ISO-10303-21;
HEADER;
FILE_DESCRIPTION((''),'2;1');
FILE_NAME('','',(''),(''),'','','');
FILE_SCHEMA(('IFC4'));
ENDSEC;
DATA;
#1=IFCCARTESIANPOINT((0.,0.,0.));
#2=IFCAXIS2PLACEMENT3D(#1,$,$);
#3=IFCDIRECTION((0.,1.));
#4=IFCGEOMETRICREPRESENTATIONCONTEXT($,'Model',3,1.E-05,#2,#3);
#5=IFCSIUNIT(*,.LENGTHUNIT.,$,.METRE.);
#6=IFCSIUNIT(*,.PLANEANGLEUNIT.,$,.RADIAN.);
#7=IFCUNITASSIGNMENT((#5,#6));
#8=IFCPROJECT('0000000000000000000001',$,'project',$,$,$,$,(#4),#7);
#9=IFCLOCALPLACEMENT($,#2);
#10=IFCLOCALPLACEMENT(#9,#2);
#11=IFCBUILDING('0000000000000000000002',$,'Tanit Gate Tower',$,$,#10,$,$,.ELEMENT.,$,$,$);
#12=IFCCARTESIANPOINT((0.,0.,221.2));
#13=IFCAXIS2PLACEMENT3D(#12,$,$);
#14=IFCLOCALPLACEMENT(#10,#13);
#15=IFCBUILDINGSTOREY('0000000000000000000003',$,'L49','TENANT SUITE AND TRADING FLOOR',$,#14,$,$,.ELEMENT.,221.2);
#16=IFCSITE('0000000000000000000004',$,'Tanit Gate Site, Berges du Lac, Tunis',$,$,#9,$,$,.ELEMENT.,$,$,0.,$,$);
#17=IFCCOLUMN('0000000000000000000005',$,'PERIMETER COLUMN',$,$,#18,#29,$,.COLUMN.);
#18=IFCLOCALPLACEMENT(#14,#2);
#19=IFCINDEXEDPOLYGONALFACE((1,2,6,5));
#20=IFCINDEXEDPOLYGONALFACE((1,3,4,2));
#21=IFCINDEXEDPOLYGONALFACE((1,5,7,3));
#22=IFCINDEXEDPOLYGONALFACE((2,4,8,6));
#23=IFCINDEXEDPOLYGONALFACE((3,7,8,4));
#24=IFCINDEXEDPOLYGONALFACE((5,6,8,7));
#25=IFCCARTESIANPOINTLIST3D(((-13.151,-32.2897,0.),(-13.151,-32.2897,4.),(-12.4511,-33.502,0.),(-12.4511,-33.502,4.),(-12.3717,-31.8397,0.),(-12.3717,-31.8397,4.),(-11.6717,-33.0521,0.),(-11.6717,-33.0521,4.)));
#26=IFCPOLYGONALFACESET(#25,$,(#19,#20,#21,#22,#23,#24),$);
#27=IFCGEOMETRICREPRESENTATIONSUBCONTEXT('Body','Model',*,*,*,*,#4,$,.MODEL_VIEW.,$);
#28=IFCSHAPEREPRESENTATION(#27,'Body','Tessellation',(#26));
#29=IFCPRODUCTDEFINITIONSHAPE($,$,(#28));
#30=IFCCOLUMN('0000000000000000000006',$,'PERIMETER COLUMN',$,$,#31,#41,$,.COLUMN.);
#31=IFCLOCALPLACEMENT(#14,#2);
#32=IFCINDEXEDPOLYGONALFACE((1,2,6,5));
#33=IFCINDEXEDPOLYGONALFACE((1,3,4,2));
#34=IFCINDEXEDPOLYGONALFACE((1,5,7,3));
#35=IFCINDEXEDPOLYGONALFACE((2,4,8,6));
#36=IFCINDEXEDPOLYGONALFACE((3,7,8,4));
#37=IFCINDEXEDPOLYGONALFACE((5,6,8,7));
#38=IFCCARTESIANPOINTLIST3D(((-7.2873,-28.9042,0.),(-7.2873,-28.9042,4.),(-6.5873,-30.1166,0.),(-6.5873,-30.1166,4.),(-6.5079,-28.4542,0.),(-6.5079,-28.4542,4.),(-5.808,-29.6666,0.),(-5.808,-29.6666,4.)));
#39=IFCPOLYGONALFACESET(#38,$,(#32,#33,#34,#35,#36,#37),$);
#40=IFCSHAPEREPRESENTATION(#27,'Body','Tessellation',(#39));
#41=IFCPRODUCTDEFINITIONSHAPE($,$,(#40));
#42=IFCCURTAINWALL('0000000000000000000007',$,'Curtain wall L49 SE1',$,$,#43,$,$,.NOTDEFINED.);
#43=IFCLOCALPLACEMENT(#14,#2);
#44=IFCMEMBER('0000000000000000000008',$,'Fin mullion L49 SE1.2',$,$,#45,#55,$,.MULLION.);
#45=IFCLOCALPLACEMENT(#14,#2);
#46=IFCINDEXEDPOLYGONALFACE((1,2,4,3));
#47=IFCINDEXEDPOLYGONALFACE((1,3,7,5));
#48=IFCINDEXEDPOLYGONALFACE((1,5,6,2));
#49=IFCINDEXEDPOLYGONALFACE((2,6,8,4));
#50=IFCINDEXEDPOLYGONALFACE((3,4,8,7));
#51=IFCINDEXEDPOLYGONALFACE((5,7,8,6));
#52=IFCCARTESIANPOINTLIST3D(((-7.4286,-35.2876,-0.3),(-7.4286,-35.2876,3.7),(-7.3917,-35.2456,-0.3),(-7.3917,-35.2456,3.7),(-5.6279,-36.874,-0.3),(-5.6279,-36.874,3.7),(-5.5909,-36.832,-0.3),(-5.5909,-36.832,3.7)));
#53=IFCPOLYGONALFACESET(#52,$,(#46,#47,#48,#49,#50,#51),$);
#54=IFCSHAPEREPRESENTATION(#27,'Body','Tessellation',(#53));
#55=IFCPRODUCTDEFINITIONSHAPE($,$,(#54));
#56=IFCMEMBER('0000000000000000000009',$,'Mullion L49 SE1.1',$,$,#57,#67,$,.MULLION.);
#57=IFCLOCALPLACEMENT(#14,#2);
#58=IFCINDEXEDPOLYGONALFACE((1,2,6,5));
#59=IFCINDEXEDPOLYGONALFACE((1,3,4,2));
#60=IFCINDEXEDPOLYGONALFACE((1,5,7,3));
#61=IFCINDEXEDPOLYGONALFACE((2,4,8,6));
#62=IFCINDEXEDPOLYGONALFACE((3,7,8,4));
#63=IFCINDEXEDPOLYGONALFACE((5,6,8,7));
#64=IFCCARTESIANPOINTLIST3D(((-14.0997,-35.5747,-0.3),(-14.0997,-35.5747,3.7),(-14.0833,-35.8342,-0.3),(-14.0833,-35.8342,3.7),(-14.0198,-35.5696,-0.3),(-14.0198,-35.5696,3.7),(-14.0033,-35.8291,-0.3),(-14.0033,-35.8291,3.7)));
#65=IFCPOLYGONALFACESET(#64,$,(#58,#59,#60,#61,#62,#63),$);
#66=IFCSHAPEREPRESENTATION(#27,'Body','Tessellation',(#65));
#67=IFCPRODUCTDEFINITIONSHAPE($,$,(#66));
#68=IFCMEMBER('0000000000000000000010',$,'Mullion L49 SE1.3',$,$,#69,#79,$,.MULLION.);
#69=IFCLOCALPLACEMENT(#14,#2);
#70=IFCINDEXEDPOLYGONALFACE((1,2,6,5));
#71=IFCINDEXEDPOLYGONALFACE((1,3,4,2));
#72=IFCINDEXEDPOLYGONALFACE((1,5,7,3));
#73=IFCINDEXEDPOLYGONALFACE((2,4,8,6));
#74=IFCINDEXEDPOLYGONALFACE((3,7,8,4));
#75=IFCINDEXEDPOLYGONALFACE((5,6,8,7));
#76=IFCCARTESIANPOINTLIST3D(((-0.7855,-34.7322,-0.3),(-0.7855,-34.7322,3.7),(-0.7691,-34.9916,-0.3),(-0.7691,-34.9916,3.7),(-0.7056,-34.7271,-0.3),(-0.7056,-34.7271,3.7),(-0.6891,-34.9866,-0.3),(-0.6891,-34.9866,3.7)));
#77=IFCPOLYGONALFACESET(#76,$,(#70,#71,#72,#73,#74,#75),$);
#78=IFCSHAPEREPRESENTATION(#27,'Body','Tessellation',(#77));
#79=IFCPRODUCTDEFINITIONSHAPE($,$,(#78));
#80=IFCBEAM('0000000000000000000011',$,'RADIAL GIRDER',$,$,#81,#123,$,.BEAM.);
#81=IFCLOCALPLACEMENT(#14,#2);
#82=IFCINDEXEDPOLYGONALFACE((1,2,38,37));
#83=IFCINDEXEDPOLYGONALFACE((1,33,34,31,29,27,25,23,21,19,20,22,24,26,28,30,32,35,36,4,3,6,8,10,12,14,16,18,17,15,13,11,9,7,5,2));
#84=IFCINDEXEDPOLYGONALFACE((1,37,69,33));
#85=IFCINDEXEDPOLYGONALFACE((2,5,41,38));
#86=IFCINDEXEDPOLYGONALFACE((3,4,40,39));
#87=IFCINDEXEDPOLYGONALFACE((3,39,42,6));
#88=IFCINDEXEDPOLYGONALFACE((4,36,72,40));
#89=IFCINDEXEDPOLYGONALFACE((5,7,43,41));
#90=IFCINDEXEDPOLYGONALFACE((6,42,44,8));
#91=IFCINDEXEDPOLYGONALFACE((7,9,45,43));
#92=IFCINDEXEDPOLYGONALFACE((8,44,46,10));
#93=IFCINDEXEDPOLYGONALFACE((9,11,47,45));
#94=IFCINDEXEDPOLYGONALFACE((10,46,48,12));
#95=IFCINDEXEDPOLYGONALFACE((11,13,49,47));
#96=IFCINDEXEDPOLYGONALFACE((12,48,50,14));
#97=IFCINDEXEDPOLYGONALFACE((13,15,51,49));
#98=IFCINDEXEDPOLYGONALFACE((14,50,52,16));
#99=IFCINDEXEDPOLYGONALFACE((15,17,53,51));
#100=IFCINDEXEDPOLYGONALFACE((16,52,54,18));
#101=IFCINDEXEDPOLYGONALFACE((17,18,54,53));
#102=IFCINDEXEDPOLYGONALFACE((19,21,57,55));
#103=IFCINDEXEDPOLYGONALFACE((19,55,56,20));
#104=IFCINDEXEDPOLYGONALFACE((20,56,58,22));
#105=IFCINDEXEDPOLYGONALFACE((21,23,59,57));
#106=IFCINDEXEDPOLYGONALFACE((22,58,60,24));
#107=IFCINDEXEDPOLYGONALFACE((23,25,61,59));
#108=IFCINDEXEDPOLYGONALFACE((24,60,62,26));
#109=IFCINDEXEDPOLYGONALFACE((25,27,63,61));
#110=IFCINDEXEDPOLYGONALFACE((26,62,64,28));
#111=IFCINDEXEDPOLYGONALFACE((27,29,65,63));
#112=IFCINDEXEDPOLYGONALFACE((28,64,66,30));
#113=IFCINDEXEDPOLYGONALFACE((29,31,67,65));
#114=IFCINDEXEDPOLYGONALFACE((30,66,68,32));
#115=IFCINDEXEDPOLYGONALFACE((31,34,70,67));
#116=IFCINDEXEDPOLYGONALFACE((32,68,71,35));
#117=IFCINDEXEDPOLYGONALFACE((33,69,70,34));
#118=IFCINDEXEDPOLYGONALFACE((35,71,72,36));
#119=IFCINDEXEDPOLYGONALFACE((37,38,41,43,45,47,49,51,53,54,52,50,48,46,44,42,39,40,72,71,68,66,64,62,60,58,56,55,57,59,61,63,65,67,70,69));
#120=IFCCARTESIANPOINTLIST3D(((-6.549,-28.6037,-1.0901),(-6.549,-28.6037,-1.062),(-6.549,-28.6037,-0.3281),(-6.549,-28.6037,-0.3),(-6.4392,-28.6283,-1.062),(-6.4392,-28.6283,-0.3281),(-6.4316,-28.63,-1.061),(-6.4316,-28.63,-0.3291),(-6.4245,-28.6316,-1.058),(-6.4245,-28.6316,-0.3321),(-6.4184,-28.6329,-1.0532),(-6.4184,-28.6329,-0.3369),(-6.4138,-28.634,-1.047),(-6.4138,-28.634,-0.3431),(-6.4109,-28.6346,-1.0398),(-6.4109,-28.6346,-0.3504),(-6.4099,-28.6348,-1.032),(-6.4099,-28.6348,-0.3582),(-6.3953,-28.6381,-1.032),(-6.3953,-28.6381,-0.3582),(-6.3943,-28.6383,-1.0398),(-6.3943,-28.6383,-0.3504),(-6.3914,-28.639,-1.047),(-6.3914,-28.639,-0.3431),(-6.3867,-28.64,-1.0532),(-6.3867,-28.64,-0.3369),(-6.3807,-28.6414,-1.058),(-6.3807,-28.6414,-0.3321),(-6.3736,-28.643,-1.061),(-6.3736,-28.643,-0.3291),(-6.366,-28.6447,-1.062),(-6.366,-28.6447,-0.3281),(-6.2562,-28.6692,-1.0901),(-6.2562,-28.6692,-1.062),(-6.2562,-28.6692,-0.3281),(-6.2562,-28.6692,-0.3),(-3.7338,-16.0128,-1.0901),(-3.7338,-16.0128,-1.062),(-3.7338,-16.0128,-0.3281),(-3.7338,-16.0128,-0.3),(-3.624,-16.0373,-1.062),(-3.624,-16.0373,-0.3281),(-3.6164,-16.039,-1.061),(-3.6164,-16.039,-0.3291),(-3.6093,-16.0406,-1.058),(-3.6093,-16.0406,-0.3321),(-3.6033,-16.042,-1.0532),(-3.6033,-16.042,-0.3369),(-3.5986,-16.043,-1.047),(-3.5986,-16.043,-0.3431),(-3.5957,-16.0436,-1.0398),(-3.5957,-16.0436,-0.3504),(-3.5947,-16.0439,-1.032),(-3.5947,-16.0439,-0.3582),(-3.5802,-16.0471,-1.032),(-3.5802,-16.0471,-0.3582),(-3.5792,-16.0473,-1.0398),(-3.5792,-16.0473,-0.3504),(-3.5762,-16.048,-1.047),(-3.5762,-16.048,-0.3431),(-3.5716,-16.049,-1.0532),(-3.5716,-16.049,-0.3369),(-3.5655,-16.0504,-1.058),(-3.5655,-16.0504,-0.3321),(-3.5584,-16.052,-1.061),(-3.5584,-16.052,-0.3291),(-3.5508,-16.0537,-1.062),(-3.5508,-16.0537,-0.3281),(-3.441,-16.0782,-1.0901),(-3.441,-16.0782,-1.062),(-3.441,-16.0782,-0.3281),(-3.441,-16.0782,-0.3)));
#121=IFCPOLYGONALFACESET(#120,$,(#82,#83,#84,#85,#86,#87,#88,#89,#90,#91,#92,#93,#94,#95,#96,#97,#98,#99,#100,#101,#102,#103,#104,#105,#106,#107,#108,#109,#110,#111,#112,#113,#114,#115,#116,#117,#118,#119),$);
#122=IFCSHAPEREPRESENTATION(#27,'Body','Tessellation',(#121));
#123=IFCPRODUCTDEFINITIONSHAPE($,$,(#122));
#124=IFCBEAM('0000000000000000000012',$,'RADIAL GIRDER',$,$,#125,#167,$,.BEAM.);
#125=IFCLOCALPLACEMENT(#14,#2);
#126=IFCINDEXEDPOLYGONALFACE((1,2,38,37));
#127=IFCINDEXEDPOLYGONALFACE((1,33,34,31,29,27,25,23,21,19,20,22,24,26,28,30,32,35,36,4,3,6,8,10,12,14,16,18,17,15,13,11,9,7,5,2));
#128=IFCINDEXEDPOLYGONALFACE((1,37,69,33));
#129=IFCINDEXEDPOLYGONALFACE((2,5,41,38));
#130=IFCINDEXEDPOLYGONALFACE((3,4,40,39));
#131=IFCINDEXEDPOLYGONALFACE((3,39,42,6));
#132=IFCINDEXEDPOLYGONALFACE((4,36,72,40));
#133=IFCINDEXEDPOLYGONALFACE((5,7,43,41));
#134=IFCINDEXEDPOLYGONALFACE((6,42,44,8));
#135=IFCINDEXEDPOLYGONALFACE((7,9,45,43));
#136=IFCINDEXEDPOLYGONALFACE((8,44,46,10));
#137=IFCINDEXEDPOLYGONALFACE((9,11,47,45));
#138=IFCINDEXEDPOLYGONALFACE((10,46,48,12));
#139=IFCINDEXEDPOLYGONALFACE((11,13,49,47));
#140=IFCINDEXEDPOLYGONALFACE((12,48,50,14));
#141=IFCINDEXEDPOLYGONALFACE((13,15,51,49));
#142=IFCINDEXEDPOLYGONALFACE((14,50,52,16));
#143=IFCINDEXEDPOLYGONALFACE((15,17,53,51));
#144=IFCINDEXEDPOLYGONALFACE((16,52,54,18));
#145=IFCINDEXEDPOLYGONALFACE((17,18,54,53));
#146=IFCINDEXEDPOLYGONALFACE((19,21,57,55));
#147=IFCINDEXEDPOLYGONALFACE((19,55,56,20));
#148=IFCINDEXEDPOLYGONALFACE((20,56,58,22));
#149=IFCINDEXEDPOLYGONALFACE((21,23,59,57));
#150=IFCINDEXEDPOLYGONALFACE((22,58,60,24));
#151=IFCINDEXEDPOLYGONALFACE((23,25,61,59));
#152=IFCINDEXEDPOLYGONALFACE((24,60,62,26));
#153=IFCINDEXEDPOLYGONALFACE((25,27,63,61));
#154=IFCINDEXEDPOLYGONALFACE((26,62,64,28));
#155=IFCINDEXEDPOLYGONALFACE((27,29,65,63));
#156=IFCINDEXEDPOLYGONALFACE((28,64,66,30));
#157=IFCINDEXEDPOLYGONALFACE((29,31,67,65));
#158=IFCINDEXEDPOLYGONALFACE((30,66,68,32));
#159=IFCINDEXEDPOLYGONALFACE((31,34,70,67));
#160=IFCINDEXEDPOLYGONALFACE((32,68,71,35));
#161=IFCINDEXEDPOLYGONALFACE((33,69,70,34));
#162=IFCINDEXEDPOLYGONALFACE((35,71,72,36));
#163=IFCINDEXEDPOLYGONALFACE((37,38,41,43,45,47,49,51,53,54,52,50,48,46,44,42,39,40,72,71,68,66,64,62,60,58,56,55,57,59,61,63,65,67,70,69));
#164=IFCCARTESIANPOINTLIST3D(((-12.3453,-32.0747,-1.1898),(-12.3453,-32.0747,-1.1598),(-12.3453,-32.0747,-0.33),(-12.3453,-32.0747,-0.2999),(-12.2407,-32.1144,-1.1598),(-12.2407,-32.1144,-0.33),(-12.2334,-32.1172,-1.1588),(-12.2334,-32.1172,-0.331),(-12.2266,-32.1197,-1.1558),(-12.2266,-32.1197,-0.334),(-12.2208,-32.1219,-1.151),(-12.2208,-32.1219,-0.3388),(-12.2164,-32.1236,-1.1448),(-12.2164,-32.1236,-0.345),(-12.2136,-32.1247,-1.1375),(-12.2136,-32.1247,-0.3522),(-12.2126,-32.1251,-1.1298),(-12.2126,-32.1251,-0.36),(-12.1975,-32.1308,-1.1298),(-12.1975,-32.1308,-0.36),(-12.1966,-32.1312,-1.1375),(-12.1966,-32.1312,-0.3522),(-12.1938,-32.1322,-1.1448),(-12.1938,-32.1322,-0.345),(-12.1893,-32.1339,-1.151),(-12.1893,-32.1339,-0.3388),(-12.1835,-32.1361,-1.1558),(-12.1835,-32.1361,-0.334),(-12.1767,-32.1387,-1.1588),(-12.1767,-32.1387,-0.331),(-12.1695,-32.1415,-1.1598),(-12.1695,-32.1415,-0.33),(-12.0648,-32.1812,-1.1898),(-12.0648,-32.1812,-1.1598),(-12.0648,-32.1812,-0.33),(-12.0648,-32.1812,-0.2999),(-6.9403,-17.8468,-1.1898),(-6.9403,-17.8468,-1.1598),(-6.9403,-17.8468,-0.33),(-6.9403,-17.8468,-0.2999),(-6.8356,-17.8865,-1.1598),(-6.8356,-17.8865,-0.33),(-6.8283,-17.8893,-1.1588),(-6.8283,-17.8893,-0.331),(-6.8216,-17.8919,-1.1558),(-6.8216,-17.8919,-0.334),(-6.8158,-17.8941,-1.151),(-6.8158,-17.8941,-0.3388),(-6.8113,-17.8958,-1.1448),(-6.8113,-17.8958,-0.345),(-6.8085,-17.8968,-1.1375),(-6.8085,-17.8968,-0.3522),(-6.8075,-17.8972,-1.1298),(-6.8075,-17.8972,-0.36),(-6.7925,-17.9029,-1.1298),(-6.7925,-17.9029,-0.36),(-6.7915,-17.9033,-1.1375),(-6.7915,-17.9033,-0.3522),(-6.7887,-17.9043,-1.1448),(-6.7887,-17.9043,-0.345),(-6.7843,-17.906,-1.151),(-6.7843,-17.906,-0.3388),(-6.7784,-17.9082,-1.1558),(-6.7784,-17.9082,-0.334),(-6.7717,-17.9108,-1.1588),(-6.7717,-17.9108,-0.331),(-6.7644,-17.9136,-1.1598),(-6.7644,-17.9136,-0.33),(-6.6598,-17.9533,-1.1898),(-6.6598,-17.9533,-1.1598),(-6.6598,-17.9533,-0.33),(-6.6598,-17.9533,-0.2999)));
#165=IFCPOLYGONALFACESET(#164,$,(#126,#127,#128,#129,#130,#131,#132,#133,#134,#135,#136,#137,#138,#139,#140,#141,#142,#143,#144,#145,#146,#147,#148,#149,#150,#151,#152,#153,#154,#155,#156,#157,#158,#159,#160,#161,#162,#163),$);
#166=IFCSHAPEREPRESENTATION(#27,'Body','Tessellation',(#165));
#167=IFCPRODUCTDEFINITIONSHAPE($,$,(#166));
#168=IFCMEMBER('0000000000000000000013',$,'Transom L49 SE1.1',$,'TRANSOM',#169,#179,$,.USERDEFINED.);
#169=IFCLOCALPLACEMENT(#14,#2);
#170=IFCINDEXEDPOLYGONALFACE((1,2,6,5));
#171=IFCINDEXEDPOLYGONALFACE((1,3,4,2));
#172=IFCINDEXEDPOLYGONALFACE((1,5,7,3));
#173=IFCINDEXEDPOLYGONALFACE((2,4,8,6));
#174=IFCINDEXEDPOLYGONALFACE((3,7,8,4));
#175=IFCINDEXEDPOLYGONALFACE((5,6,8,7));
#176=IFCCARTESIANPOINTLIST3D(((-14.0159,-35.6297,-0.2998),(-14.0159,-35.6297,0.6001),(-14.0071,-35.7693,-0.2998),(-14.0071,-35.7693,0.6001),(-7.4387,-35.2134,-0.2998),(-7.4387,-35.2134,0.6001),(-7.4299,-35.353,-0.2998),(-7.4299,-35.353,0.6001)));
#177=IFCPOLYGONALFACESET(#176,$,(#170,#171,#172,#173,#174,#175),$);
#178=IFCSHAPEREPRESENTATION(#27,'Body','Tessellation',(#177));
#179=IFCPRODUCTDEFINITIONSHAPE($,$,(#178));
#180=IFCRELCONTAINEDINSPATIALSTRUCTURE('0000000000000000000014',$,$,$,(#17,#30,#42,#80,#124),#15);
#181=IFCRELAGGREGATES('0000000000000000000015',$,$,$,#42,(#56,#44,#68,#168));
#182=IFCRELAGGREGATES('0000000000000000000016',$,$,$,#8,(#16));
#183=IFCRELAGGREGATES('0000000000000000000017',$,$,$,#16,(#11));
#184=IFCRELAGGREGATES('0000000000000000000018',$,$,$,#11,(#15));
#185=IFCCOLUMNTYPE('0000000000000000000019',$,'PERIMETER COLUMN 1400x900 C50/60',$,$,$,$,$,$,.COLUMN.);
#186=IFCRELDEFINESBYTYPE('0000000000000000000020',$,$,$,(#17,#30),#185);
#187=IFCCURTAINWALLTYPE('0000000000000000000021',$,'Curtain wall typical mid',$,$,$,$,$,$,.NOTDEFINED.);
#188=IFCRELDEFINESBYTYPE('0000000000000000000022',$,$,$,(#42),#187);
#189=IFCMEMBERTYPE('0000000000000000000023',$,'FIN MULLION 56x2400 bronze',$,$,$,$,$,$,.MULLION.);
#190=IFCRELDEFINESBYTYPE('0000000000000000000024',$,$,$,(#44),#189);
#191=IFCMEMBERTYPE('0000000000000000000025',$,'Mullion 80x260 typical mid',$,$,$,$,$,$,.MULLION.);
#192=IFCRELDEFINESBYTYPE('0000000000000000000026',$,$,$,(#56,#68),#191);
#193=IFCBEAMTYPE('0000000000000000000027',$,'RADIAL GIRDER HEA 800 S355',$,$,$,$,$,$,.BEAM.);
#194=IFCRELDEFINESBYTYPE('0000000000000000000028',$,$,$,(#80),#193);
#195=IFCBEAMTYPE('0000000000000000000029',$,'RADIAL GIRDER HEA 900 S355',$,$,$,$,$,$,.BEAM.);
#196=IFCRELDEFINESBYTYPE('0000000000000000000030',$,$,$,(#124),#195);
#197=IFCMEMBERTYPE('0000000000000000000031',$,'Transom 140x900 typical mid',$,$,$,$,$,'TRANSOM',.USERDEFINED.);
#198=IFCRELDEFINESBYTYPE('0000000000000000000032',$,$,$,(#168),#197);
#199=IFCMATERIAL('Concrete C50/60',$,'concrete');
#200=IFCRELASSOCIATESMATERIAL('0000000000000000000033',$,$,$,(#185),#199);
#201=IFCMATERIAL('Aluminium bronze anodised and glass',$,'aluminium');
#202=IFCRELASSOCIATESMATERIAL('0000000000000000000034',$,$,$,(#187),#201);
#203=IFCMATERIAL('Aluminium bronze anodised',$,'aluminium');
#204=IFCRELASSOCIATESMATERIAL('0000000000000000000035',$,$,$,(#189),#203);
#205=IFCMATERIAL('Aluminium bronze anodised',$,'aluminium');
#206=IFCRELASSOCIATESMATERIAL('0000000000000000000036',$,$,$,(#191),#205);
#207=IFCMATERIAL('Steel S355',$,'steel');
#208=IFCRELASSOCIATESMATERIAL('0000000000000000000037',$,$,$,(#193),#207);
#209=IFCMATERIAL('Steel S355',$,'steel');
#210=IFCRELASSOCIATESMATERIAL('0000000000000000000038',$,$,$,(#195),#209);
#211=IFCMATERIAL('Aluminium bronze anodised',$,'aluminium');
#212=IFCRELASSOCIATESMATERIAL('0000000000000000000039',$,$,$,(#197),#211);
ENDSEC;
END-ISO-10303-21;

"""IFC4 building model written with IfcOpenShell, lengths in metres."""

from ifc_helpers import new_model, si_unit, direction, frame, origin, origin_2d, place, context, subcontext, project, spatial, rectangle, i_section, extrude, material, material_profile, profile_set, type_object, element, aggregate, save


model = new_model("IFC4")

# Units and contexts
model_context = context("Model", 3, precision=1e-05, world=origin(), true_north=direction((0.0, 1.0)))
body_context = subcontext(model_context, "Body", "Model", "MODEL_VIEW")
ifc_project = project(units=[si_unit("LENGTHUNIT", "METRE"), si_unit("PLANEANGLEUNIT", "RADIAN")], contexts=[model_context])

# Site, building, storey
site_placement = place(None, origin())
site = spatial("IfcSite", under=ifc_project, at=site_placement, Name="Tanit Gate Site, Berges du Lac, Tunis", CompositionType="ELEMENT", RefElevation=0.0)
building_placement = place(site_placement, origin())
building = spatial("IfcBuilding", under=site, at=building_placement, Name="Tanit Gate Tower", CompositionType="ELEMENT")
storey_placement = place(building_placement, frame((0.0, 0.0, 221.2)))
storey = spatial("IfcBuildingStorey", under=building, at=storey_placement, Name="L49", Description="TENANT SUITE AND TRADING FLOOR", CompositionType="ELEMENT", Elevation=221.2)

# Columns
ifc_material_1 = material(Name="Concrete C50/60", Category="concrete")
ifc_material_profile_1 = material_profile(ifc_material_1, rectangle(XDim=1.3999, YDim=0.8999, at=origin_2d()), Name="RC 1400x900")
ifc_profile_set_1 = profile_set([ifc_material_profile_1], Name="Concrete C50/60")
column_type = type_object("IfcColumnType", Name="PERIMETER COLUMN 1400x900 C50/60", PredefinedType="COLUMN", material=ifc_profile_set_1)
for number, where, z_axis, x_axis, name in (
    (1, (-12.4114, -32.6709, 0.0), (0.0, 0.0, 1.0), (0.5, -0.866025, 0.0), "PERIMETER COLUMN"),
    (2, (-6.5476, -29.2854, 0.0), (0.0, 0.0, 1.0), (0.5, -0.866025, 0.0), "PERIMETER COLUMN"),
):
    element("IfcColumn", number, at=place(storey_placement, frame(where, z_axis=z_axis, x_axis=x_axis)), inside=storey, type_object=column_type, Name=name, PredefinedType="COLUMN", context=body_context, shape_type="SweptSolid", body=[
        extrude(rectangle(XDim=1.3999, YDim=0.8999, at=origin_2d()), origin(), (0.0, 0.0, 1.0), 4.0),
    ])

# Curtain wall, members
ifc_material_2 = material(Name="Aluminium bronze anodised and glass", Category="aluminium")
curtain_wall_type = type_object("IfcCurtainWallType", Name="Curtain wall typical mid", PredefinedType="NOTDEFINED", material=ifc_material_2)
curtain_wall_placement = place(storey_placement, origin())
curtain_wall = element("IfcCurtainWall", 3, at=curtain_wall_placement, inside=storey, type_object=curtain_wall_type, Name="Curtain wall L49 SE1", PredefinedType="NOTDEFINED")
ifc_material_3 = material(Name="Aluminium bronze anodised", Category="aluminium")
ifc_material_profile_2 = material_profile(ifc_material_3, rectangle(XDim=2.3999, YDim=0.0559, at=origin_2d()), Name="56x2400 bronze fin mullion")
ifc_profile_set_2 = profile_set([ifc_material_profile_2], Name="Aluminium bronze anodised")
member_type_1 = type_object("IfcMemberType", Name="FIN MULLION 56x2400 bronze", PredefinedType="MULLION", material=ifc_profile_set_2)
member_1_placement = place(storey_placement, frame((-6.5098, -36.0598, -0.3), z_axis=(0.0, 0.0, 1.0), x_axis=(-0.750355, 0.661035, 0.0)))
member_1 = element("IfcMember", 4, at=member_1_placement, type_object=member_type_1, Name="Fin mullion L49 SE1.2", PredefinedType="MULLION", context=body_context, shape_type="SweptSolid", body=[
    extrude(rectangle(XDim=2.3999, YDim=0.0559, at=origin_2d()), origin(), (0.0, 0.0, 1.0), 4.0),
])
ifc_material_4 = material(Name="Aluminium bronze anodised", Category="aluminium")
ifc_material_profile_3 = material_profile(ifc_material_4, rectangle(XDim=0.26, YDim=0.0801, at=origin_2d()), Name="80x260 bronze mullion")
ifc_profile_set_3 = profile_set([ifc_material_profile_3], Name="Aluminium bronze anodised")
member_type_2 = type_object("IfcMemberType", Name="Mullion 80x260 typical mid", PredefinedType="MULLION", material=ifc_profile_set_3)
member_2_placement = place(storey_placement, frame((-14.0515, -35.7019, -0.3), z_axis=(0.0, 0.0, 1.0), x_axis=(-0.063159, 0.998003, 0.0)))
member_2 = element("IfcMember", 5, at=member_2_placement, type_object=member_type_2, Name="Mullion L49 SE1.1", PredefinedType="MULLION", context=body_context, shape_type="SweptSolid", body=[
    extrude(rectangle(XDim=0.26, YDim=0.0801, at=origin_2d()), origin(), (0.0, 0.0, 1.0), 4.0),
])
member_3_placement = place(storey_placement, frame((-0.7373, -34.8594, -0.3), z_axis=(0.0, 0.0, 1.0), x_axis=(-0.063159, 0.998003, 0.0)))
member_3 = element("IfcMember", 6, at=member_3_placement, type_object=member_type_2, Name="Mullion L49 SE1.3", PredefinedType="MULLION", context=body_context, shape_type="SweptSolid", body=[
    extrude(rectangle(XDim=0.26, YDim=0.0801, at=origin_2d()), origin(), (0.0, 0.0, 1.0), 4.0),
])

# Beams
ifc_material_5 = material(Name="Steel S355", Category="steel")
ifc_material_profile_4 = material_profile(ifc_material_5, i_section(OverallWidth=0.3, OverallDepth=0.79, WebThickness=0.0149, FlangeThickness=0.0281, FilletRadius=0.03, at=origin_2d()), Name="HEA 800")
ifc_profile_set_4 = profile_set([ifc_material_profile_4], Name="Steel S355")
beam_type_1 = type_object("IfcBeamType", Name="RADIAL GIRDER HEA 800 S355", PredefinedType="BEAM", material=ifc_profile_set_4)
beam_1_placement = place(storey_placement, frame((-6.4026, -28.6365, -0.6951), z_axis=(0.218199, 0.975904, 0.0), x_axis=(-0.975904, 0.218199, 0.0)))
element("IfcBeam", 7, at=beam_1_placement, inside=storey, type_object=beam_type_1, Name="RADIAL GIRDER", PredefinedType="BEAM", context=body_context, shape_type="SweptSolid", body=[
    extrude(i_section(OverallWidth=0.3, OverallDepth=0.79, WebThickness=0.0149, FlangeThickness=0.0281, FilletRadius=0.03, at=origin_2d()), origin(), (0.0, 0.0, 1.0), 12.9019),
])
ifc_material_6 = material(Name="Steel S355", Category="steel")
ifc_material_profile_5 = material_profile(ifc_material_6, i_section(OverallWidth=0.3, OverallDepth=0.8899, WebThickness=0.0161, FlangeThickness=0.03, FilletRadius=0.03, at=origin_2d()), Name="HEA 900")
ifc_profile_set_5 = profile_set([ifc_material_profile_5], Name="Steel S355")
beam_type_2 = type_object("IfcBeamType", Name="RADIAL GIRDER HEA 900 S355", PredefinedType="BEAM", material=ifc_profile_set_5)
beam_2_placement = place(storey_placement, frame((-12.2051, -32.1279, -0.7449), z_axis=(0.35513, 0.934817, 0.0), x_axis=(-0.934817, 0.35513, 0.0)))
element("IfcBeam", 8, at=beam_2_placement, inside=storey, type_object=beam_type_2, Name="RADIAL GIRDER", PredefinedType="BEAM", context=body_context, shape_type="SweptSolid", body=[
    extrude(i_section(OverallWidth=0.3, OverallDepth=0.8899, WebThickness=0.0161, FlangeThickness=0.03, FilletRadius=0.03, at=origin_2d()), origin(), (0.0, 0.0, 1.0), 15.22),
])

# Member
ifc_material_7 = material(Name="Aluminium bronze anodised", Category="aluminium")
ifc_material_profile_6 = material_profile(ifc_material_7, rectangle(XDim=0.1399, YDim=0.8999, at=origin_2d()), Name="140x900 bronze transom")
ifc_profile_set_6 = profile_set([ifc_material_profile_6], Name="Aluminium bronze anodised")
member_type_3 = type_object("IfcMemberType", Name="Transom 140x900 typical mid", ElementType="TRANSOM", PredefinedType="USERDEFINED", material=ifc_profile_set_6)
member_4_placement = place(storey_placement, frame((-14.0115, -35.6995, 0.1501), z_axis=(0.998003, 0.063162, 0.0), x_axis=(-0.063162, 0.998003, 0.0)))
member_4 = element("IfcMember", 9, at=member_4_placement, type_object=member_type_3, Name="Transom L49 SE1.1", ObjectType="TRANSOM", PredefinedType="USERDEFINED", context=body_context, shape_type="SweptSolid", body=[
    extrude(rectangle(XDim=0.1399, YDim=0.8999, at=origin_2d()), origin(), (0.0, 0.0, 1.0), 6.5903),
])

aggregate(curtain_wall, [member_2, member_1, member_3, member_4])

save(model, "model.ifc")
